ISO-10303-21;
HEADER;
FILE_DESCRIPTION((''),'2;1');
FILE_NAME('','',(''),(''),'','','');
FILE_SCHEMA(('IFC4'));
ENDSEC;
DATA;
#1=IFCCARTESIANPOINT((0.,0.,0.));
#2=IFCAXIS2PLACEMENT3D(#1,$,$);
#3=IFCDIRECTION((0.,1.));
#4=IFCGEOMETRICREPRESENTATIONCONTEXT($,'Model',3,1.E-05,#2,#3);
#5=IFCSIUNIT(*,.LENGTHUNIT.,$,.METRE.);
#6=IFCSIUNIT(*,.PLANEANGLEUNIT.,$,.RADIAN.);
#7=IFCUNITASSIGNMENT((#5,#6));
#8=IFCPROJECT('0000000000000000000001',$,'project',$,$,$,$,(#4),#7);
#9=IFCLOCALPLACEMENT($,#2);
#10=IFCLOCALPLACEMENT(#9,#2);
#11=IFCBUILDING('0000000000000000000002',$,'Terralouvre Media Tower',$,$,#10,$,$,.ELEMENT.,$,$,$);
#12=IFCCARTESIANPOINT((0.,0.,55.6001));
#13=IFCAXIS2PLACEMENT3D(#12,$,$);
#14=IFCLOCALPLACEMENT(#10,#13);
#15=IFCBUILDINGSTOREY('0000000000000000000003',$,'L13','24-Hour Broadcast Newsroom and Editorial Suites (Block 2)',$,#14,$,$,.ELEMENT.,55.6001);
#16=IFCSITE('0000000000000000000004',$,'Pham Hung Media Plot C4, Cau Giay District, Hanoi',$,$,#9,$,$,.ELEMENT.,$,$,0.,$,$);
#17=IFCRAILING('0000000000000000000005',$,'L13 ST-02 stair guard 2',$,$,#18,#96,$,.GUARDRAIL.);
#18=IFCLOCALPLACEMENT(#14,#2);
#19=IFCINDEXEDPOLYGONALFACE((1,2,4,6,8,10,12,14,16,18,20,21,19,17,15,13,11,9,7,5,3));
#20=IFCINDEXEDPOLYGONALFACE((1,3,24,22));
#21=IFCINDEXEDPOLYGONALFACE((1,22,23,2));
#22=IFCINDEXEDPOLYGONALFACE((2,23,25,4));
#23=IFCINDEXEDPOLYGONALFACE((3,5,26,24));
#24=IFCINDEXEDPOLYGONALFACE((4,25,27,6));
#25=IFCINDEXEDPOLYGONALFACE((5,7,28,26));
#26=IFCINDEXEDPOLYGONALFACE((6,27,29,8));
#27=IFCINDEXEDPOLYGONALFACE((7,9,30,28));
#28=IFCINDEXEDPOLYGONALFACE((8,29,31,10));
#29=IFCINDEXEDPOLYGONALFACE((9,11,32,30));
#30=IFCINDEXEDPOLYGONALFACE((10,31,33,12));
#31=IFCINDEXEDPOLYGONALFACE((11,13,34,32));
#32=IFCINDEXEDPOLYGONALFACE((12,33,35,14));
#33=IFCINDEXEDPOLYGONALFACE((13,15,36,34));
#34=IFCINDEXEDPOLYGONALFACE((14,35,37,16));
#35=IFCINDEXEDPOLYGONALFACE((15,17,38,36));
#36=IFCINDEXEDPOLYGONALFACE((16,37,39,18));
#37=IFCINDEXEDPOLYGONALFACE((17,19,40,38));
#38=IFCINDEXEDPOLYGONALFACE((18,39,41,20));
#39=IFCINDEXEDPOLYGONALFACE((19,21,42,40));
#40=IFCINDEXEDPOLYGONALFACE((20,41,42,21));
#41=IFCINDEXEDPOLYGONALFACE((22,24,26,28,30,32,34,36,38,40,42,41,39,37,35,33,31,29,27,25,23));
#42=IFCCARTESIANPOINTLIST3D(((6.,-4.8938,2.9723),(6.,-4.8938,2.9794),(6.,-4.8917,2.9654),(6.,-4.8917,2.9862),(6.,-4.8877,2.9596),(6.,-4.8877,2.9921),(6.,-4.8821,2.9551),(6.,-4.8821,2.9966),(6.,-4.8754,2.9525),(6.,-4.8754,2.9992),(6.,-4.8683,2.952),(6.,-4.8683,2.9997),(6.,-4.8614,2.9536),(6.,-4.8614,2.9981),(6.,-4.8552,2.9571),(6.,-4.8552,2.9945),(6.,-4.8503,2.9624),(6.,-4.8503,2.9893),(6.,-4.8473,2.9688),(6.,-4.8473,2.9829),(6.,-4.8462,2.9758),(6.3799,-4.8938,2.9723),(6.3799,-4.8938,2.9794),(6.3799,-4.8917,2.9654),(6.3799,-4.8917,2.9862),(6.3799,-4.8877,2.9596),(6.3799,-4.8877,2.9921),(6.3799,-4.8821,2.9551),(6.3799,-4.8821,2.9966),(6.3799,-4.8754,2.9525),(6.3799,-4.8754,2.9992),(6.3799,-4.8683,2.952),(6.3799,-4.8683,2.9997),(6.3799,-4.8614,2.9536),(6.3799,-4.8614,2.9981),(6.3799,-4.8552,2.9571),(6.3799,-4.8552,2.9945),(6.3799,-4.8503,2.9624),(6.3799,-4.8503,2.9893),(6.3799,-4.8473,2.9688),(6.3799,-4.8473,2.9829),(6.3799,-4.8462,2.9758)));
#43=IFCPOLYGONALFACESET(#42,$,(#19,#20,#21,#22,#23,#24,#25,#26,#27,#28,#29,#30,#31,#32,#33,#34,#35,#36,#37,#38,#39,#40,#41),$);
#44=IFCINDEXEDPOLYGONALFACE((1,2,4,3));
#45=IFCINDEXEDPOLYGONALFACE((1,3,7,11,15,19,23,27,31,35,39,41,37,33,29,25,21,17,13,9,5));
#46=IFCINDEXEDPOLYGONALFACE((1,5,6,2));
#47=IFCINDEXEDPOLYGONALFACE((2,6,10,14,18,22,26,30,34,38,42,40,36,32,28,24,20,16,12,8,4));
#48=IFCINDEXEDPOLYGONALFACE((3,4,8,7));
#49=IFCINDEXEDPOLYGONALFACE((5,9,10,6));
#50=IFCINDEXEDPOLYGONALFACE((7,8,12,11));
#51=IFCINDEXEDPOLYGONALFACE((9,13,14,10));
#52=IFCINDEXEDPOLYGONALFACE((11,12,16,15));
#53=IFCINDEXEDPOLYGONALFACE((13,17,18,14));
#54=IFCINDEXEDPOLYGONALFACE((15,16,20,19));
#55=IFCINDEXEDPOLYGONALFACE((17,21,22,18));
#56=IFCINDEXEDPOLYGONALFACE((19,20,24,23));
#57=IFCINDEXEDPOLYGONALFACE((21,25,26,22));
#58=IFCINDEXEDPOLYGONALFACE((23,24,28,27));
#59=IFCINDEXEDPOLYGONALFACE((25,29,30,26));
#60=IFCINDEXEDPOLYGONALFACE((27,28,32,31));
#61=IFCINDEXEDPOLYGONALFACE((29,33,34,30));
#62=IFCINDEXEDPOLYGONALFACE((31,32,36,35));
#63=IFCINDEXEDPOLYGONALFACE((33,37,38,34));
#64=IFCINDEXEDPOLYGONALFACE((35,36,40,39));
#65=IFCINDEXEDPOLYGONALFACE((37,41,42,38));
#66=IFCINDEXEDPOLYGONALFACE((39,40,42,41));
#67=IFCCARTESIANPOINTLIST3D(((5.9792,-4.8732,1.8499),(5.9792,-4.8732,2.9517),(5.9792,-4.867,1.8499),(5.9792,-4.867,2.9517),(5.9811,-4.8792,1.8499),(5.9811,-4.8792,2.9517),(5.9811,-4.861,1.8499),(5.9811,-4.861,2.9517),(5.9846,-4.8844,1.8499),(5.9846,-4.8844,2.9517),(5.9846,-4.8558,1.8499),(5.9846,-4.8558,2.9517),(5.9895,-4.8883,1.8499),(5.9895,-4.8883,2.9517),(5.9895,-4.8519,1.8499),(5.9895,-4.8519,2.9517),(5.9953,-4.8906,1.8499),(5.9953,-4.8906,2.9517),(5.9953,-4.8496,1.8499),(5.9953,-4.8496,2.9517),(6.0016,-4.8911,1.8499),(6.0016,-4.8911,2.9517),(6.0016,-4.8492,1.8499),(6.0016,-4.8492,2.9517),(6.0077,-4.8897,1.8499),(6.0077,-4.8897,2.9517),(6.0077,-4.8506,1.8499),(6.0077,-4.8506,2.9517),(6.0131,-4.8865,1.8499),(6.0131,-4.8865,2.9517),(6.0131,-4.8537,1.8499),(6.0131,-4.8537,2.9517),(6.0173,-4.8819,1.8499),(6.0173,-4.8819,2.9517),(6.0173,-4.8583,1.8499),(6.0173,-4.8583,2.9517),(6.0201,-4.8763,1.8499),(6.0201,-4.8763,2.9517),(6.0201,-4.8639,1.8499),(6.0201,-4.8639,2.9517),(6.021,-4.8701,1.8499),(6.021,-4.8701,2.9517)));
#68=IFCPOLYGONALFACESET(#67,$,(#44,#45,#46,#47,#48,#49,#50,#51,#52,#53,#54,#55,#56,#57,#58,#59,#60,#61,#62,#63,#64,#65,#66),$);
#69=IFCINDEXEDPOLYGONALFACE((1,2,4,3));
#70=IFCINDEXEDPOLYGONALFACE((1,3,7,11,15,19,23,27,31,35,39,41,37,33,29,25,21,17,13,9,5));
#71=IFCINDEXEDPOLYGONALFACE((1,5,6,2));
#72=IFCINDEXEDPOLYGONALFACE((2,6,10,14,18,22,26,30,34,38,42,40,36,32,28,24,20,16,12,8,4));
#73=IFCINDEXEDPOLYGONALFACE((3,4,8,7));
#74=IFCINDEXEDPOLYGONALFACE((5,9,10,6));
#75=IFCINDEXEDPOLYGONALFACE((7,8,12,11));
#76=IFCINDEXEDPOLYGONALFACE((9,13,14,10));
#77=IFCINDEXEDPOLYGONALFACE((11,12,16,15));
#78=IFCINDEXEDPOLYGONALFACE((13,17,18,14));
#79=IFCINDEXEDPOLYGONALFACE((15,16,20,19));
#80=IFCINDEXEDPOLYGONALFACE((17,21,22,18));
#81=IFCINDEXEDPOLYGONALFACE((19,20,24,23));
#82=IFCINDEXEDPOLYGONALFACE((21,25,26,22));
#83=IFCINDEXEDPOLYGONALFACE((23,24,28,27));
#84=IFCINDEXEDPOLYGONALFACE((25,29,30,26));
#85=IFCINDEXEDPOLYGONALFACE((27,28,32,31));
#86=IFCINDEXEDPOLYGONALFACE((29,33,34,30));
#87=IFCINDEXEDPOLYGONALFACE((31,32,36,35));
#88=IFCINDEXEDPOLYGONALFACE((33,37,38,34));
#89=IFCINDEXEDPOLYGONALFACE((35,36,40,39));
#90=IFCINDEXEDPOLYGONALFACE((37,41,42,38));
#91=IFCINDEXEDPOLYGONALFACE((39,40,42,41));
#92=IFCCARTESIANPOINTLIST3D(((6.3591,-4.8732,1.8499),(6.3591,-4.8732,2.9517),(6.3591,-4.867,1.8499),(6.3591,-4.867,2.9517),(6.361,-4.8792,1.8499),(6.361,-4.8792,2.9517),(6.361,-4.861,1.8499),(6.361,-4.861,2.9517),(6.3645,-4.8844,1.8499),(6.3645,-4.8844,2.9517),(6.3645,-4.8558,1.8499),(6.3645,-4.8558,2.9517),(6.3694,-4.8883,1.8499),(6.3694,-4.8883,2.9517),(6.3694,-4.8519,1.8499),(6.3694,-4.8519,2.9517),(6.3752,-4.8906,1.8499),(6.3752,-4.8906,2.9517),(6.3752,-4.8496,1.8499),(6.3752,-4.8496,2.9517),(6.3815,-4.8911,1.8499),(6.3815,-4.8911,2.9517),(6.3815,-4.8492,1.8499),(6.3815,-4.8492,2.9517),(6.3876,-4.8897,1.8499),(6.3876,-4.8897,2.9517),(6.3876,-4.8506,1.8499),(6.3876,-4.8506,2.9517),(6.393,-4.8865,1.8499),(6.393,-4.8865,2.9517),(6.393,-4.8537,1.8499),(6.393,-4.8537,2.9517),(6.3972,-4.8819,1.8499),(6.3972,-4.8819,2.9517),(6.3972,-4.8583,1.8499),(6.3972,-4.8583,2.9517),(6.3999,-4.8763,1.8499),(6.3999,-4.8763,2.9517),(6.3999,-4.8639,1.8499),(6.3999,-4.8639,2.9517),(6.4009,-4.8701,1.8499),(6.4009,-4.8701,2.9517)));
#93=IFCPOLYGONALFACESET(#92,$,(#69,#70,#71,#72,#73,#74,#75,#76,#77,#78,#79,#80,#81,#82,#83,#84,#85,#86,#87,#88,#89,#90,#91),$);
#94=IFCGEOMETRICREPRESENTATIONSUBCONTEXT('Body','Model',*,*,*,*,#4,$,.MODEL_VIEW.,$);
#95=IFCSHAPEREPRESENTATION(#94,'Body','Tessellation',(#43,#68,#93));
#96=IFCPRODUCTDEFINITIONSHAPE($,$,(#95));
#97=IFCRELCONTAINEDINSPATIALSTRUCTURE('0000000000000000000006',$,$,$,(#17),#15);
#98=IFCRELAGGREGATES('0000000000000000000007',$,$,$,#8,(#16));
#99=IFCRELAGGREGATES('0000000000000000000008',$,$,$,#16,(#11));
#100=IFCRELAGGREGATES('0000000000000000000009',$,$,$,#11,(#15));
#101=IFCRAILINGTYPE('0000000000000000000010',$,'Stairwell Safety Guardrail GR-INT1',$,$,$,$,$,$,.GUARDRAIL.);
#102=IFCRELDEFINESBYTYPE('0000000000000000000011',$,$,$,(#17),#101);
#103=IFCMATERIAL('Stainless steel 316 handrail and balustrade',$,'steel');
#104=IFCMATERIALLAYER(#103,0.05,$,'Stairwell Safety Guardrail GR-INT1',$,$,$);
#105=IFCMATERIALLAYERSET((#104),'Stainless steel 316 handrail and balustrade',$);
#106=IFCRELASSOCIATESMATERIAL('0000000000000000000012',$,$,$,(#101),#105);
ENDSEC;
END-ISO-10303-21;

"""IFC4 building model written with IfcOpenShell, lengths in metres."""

from ifc_helpers import new_model, si_unit, direction, frame, origin, origin_2d, place, context, subcontext, project, spatial, circle, extrude, material, layer, layer_set, type_object, element, save


model = new_model("IFC4")

# Units and contexts
model_context = context("Model", 3, precision=1e-05, world=origin(), true_north=direction((0.0, 1.0)))
body_context = subcontext(model_context, "Body", "Model", "MODEL_VIEW")
ifc_project = project(units=[si_unit("LENGTHUNIT", "METRE"), si_unit("PLANEANGLEUNIT", "RADIAN")], contexts=[model_context])

# Site, building, storey
site_placement = place(None, origin())
site = spatial("IfcSite", under=ifc_project, at=site_placement, Name="Pham Hung Media Plot C4, Cau Giay District, Hanoi", CompositionType="ELEMENT", RefElevation=0.0)
building_placement = place(site_placement, origin())
building = spatial("IfcBuilding", under=site, at=building_placement, Name="Terralouvre Media Tower", CompositionType="ELEMENT")
storey_placement = place(building_placement, frame((0.0, 0.0, 55.6001)))
storey = spatial("IfcBuildingStorey", under=building, at=storey_placement, Name="L13", Description="24-Hour Broadcast Newsroom and Editorial Suites (Block 2)", CompositionType="ELEMENT", Elevation=55.6001)

# Railing
ifc_material_1 = material(Name="Stainless steel 316 handrail and balustrade", Category="steel")
ifc_layer_1 = layer(ifc_material_1, 0.05, Name="Stairwell Safety Guardrail GR-INT1")
ifc_layer_set_1 = layer_set([ifc_layer_1], Name="Stainless steel 316 handrail and balustrade")
railing_type_1 = type_object("IfcRailingType", Name="Stairwell Safety Guardrail GR-INT1", PredefinedType="GUARDRAIL", material=ifc_layer_set_1)
railing_1_placement = place(storey_placement, frame((6.0, -4.8701, 1.8499)))
element("IfcRailing", 1, at=railing_1_placement, inside=storey, type_object=railing_type_1, Name="L13 ST-02 stair guard 2", PredefinedType="GUARDRAIL", context=body_context, shape_type="SweptSolid", body=[
    extrude(circle(Radius=0.0239, at=origin_2d()), frame((0.0, 0.0, 1.126), z_axis=(1.0, 0.0, 0.0), x_axis=(0.0, 1.0, 0.0)), (0.0, 0.0, 1.0), 0.3799),
    extrude(circle(Radius=0.021, at=origin_2d()), origin(), (0.0, 0.0, 1.0), 1.1018),
    extrude(circle(Radius=0.021, at=origin_2d()), frame((0.3799, 0.0, 0.0)), (0.0, 0.0, 1.0), 1.1018),
])

save(model, "model.ifc")
